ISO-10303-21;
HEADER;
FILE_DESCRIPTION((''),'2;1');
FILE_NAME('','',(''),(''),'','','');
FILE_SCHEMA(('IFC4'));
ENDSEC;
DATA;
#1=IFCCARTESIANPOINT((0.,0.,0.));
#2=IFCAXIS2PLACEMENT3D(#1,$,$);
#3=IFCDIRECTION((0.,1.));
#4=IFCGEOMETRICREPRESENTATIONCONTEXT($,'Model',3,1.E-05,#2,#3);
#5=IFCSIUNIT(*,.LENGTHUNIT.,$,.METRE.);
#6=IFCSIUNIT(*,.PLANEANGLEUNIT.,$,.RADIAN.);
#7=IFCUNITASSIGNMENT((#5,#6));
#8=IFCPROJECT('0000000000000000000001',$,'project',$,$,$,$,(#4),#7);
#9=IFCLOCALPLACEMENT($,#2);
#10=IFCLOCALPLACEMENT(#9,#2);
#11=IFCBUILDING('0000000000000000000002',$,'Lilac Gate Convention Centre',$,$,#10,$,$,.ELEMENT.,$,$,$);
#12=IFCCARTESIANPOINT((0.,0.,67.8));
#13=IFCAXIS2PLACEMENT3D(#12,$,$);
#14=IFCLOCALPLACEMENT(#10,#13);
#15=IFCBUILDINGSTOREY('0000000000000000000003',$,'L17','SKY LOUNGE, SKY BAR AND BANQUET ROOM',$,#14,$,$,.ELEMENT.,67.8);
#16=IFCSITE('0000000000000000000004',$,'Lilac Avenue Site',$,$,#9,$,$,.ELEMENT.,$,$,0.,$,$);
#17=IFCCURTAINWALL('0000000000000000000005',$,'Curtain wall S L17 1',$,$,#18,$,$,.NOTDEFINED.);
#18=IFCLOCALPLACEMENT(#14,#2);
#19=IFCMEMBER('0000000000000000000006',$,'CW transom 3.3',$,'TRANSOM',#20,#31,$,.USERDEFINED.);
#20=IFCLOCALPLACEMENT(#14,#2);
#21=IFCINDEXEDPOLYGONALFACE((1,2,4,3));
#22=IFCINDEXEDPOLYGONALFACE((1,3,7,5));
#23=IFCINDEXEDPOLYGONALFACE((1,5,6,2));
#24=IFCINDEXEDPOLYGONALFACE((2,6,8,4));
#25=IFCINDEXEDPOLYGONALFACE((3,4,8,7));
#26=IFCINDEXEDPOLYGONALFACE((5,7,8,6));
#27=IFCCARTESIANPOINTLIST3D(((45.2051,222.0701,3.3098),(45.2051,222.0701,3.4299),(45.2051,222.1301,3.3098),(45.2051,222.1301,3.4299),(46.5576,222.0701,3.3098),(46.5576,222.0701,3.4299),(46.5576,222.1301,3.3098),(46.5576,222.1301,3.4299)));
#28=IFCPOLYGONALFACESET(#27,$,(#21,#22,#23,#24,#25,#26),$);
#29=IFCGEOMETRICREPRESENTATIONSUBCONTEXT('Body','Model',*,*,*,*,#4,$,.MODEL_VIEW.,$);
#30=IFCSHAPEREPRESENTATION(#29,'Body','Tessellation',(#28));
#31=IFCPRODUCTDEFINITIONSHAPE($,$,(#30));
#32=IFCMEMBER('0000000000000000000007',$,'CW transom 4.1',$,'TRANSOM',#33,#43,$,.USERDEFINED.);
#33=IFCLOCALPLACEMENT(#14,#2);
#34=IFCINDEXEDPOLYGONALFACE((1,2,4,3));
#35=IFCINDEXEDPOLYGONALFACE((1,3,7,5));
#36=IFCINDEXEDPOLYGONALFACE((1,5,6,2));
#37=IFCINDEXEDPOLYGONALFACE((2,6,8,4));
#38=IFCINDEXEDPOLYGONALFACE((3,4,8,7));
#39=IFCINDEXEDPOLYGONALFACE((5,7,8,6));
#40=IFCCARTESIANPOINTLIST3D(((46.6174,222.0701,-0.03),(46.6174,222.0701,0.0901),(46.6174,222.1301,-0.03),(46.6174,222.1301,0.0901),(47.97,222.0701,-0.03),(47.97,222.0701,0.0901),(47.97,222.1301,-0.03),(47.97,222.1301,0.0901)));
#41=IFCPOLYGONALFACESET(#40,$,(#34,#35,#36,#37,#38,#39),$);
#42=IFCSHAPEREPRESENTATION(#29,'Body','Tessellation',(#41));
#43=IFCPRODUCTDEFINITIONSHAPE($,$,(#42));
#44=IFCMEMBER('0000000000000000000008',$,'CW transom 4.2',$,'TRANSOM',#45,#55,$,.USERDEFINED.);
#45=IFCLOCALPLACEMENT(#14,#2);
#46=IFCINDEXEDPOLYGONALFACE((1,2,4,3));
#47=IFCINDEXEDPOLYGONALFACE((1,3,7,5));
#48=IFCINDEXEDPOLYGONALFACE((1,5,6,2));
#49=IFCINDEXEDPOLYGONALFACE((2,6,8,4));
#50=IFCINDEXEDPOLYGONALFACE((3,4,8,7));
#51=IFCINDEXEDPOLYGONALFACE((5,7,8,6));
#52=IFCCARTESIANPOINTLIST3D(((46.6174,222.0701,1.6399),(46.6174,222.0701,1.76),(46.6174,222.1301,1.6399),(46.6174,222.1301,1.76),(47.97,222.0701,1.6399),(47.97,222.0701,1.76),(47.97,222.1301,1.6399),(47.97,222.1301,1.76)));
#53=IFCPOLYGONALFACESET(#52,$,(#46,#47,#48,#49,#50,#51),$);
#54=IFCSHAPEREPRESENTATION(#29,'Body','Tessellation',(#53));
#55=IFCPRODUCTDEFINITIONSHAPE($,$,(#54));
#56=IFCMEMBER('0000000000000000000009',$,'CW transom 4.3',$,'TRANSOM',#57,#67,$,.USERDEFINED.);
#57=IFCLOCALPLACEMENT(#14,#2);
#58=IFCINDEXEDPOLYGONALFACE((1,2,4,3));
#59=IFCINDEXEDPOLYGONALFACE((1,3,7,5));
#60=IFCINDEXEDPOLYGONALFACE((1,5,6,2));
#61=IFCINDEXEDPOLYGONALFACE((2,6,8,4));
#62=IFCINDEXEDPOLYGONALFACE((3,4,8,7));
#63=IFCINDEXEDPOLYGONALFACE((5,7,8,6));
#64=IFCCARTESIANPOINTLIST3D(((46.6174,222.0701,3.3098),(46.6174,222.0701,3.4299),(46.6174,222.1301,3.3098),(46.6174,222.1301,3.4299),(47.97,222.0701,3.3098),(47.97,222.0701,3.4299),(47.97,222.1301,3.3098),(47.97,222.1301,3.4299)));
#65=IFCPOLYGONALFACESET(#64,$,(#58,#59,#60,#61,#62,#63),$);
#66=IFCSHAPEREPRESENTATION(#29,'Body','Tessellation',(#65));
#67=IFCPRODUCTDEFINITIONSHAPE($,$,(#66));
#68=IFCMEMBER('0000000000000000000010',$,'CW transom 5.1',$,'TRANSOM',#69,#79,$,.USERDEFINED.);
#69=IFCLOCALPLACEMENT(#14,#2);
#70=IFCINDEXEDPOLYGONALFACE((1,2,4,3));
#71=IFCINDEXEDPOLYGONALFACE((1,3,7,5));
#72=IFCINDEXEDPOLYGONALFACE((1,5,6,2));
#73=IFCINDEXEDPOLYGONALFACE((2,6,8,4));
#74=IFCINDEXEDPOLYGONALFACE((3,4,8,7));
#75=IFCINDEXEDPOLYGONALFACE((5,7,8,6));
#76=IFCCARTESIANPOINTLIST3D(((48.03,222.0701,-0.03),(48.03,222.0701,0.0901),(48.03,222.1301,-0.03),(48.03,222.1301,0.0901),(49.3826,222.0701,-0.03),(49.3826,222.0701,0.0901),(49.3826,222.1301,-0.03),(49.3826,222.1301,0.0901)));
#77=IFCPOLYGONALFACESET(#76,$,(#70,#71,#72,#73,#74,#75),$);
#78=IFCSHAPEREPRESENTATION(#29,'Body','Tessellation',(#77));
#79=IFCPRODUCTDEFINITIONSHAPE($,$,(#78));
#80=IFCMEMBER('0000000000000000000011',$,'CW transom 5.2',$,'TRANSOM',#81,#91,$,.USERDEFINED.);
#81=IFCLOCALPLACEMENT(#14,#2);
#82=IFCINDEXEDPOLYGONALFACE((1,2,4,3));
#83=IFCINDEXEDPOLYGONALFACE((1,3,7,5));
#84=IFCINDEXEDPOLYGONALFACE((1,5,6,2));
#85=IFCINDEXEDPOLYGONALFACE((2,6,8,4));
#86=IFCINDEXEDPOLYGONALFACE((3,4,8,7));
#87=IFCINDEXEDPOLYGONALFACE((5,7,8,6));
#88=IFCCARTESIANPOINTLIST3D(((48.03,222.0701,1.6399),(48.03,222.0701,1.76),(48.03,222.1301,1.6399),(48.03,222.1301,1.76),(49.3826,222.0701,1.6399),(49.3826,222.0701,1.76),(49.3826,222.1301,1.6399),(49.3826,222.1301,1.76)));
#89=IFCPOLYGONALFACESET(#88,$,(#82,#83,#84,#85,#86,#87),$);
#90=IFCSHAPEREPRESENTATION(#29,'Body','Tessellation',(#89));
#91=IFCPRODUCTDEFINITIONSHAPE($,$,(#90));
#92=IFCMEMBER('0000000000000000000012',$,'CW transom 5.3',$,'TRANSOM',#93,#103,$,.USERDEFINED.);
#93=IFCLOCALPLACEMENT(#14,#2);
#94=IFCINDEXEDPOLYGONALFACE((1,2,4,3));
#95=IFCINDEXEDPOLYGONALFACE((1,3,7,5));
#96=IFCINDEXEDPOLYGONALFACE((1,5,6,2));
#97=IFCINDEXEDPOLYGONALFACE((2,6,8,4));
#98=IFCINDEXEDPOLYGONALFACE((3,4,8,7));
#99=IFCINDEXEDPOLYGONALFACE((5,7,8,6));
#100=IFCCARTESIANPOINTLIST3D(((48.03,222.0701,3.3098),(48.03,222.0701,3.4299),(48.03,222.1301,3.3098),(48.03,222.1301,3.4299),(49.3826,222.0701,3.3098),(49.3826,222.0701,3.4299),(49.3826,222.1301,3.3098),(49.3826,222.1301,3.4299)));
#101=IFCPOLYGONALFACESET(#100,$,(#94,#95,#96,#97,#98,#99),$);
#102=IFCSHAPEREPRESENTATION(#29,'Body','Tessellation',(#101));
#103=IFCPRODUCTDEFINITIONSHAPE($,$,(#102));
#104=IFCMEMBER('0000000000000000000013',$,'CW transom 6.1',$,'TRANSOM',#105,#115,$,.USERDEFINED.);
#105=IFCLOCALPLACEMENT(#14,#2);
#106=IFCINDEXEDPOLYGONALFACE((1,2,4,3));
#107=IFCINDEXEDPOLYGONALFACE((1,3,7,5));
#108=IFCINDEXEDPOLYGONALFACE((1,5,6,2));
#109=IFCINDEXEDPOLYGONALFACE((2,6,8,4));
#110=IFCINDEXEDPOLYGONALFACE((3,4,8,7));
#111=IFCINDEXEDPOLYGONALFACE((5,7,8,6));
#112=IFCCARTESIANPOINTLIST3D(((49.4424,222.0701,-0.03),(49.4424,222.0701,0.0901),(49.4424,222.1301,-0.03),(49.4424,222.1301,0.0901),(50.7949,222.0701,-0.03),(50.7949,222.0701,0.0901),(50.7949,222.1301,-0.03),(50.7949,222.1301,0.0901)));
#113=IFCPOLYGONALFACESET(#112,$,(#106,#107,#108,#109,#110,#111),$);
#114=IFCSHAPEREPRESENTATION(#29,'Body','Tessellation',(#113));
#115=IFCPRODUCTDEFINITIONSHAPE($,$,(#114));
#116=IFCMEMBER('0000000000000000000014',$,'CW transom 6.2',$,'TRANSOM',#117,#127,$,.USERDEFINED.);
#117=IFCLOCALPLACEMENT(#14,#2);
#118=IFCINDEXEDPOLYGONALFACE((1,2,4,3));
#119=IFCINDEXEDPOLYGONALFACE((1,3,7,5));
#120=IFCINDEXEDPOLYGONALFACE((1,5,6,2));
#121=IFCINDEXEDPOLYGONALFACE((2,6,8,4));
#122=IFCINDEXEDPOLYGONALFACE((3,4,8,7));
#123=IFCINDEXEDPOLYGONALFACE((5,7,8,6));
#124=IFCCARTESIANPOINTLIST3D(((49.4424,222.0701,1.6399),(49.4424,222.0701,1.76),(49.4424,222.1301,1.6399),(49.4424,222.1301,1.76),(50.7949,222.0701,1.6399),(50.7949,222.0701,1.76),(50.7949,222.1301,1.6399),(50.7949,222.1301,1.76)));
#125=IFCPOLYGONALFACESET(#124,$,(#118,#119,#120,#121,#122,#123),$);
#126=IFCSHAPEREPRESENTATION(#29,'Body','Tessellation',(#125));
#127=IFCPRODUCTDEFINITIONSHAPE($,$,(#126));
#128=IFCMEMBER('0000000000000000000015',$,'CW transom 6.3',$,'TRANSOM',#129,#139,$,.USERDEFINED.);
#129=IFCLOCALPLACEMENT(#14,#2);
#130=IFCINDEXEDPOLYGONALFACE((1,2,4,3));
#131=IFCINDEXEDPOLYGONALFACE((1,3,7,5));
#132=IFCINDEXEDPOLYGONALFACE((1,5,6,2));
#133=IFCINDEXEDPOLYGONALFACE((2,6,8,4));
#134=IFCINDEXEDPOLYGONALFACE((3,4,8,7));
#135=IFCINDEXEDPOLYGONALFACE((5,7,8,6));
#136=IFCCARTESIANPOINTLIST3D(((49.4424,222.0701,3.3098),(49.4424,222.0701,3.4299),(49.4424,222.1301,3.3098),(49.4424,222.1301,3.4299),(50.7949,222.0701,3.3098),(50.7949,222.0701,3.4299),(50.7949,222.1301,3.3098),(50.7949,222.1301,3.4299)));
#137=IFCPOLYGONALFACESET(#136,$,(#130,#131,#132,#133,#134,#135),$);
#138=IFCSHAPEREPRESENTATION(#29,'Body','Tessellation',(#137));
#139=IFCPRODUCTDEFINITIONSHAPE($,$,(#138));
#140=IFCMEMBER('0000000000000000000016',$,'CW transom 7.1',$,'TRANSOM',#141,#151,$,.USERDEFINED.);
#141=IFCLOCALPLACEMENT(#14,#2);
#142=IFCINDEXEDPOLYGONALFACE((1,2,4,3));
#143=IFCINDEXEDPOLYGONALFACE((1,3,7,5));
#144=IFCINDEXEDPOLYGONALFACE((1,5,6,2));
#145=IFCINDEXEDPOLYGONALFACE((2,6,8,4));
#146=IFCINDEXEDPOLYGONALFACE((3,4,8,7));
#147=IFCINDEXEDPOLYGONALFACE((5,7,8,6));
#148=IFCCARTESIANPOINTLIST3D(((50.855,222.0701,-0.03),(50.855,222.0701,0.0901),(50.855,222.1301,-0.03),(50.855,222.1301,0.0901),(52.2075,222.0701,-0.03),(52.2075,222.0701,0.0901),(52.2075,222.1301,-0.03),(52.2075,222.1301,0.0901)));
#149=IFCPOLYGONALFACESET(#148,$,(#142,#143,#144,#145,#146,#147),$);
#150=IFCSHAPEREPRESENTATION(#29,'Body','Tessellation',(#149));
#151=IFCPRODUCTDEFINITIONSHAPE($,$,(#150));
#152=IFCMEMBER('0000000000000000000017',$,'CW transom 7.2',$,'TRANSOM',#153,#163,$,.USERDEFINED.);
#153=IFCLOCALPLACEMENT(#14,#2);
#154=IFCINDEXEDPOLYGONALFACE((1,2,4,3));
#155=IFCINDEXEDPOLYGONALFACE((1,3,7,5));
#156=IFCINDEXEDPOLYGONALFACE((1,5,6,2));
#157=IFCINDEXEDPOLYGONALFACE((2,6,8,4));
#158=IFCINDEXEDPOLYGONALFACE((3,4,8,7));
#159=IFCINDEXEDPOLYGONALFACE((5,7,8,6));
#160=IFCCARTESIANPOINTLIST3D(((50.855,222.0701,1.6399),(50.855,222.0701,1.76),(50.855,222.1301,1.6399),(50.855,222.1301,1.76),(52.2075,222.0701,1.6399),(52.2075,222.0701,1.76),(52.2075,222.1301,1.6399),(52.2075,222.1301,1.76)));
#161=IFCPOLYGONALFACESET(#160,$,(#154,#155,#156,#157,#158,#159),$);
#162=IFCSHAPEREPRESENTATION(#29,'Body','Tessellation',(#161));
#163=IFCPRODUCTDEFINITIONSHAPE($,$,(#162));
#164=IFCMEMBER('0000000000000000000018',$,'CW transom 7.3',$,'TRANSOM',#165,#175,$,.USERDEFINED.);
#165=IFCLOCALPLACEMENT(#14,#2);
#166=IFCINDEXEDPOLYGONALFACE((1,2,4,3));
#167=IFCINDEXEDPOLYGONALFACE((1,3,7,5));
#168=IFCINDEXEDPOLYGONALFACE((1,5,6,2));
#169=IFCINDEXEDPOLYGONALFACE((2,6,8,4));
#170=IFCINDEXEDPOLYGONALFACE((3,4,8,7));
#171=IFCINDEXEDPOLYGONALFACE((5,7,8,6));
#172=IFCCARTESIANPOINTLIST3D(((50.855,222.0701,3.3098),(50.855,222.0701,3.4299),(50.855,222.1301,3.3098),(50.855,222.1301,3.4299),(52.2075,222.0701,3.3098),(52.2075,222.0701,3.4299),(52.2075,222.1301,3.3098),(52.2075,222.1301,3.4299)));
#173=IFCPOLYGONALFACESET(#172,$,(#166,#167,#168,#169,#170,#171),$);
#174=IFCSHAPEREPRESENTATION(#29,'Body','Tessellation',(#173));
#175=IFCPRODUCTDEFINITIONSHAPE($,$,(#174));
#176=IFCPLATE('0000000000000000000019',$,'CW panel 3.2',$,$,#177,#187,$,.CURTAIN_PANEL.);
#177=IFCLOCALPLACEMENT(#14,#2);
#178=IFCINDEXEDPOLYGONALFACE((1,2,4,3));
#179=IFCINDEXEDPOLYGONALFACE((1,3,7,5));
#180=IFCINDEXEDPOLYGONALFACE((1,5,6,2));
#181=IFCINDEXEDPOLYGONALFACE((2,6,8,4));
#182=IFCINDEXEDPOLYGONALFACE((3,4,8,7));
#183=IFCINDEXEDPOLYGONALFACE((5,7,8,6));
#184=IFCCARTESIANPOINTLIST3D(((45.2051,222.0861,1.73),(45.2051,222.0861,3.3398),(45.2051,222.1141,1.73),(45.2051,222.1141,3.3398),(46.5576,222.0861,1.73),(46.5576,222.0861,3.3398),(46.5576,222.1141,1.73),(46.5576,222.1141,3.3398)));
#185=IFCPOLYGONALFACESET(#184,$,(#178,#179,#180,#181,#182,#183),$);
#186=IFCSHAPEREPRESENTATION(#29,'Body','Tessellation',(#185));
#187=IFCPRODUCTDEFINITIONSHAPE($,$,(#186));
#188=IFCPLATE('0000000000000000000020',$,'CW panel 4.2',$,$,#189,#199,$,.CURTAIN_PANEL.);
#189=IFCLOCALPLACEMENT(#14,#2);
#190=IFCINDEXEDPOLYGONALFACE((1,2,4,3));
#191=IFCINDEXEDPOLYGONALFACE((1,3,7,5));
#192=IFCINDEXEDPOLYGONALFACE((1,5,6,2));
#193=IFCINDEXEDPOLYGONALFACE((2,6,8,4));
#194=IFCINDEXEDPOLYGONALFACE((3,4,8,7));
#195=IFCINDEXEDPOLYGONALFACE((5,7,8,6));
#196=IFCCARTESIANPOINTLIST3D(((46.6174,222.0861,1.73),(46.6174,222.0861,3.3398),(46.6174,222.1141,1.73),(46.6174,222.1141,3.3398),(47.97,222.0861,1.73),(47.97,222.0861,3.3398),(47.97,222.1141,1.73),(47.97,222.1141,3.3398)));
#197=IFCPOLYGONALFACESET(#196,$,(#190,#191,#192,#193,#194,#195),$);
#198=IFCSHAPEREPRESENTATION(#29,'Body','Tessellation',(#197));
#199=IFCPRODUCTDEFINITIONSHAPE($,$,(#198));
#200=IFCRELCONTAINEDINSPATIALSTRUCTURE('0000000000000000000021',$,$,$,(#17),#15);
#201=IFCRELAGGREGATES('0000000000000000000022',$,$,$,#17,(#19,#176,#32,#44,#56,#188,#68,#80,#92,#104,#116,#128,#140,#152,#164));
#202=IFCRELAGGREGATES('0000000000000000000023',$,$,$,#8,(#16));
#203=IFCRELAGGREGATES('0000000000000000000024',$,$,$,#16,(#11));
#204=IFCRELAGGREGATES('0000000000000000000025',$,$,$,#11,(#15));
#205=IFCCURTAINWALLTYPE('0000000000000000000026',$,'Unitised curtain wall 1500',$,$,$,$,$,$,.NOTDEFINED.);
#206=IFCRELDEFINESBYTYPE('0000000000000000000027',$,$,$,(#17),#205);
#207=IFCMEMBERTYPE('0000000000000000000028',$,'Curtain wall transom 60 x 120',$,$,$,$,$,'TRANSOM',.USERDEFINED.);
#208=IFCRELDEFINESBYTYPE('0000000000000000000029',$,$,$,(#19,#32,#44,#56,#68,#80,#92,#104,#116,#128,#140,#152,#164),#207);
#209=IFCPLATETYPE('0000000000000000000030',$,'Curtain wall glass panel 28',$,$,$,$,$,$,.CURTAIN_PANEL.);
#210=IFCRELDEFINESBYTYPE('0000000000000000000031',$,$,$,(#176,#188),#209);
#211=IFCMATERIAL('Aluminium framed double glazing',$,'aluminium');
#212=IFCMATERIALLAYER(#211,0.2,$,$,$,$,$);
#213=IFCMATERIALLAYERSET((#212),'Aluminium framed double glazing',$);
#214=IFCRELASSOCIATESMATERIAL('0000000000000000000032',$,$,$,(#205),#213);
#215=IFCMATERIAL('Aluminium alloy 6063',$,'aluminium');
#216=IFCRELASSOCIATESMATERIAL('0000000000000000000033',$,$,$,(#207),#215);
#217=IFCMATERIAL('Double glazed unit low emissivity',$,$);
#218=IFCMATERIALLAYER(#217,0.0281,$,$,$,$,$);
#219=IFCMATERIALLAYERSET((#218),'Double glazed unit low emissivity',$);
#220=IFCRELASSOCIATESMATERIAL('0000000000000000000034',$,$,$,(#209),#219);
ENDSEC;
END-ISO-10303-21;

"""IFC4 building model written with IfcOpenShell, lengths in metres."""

from ifc_helpers import new_model, si_unit, direction, frame, origin, origin_2d, place, context, subcontext, project, spatial, rectangle, extrude, material, layer, layer_set, material_profile, profile_set, type_object, element, aggregate, save


model = new_model("IFC4")

# Units and contexts
model_context = context("Model", 3, precision=1e-05, world=origin(), true_north=direction((0.0, 1.0)))
body_context = subcontext(model_context, "Body", "Model", "MODEL_VIEW")
ifc_project = project(units=[si_unit("LENGTHUNIT", "METRE"), si_unit("PLANEANGLEUNIT", "RADIAN")], contexts=[model_context])

# Site, building, storey
site_placement = place(None, origin())
site = spatial("IfcSite", under=ifc_project, at=site_placement, Name="Lilac Avenue Site", CompositionType="ELEMENT", RefElevation=0.0)
building_placement = place(site_placement, origin())
building = spatial("IfcBuilding", under=site, at=building_placement, Name="Lilac Gate Convention Centre", CompositionType="ELEMENT")
storey_placement = place(building_placement, frame((0.0, 0.0, 67.8)))
storey = spatial("IfcBuildingStorey", under=building, at=storey_placement, Name="L17", Description="SKY LOUNGE, SKY BAR AND BANQUET ROOM", CompositionType="ELEMENT", Elevation=67.8)

# Curtain wall, members, plates
ifc_material_1 = material(Name="Aluminium framed double glazing", Category="aluminium")
ifc_layer_1 = layer(ifc_material_1, 0.2)
ifc_layer_set_1 = layer_set([ifc_layer_1], Name="Aluminium framed double glazing")
curtain_wall_type = type_object("IfcCurtainWallType", Name="Unitised curtain wall 1500", PredefinedType="NOTDEFINED", material=ifc_layer_set_1)
curtain_wall_placement = place(storey_placement, origin())
curtain_wall = element("IfcCurtainWall", 1, at=curtain_wall_placement, inside=storey, type_object=curtain_wall_type, Name="Curtain wall S L17 1", PredefinedType="NOTDEFINED")
ifc_material_2 = material(Name="Aluminium alloy 6063", Category="aluminium")
ifc_material_profile = material_profile(ifc_material_2, rectangle(XDim=0.0601, YDim=0.1201, at=origin_2d()), Name="Curtain wall transom 60 x 120")
ifc_profile_set = profile_set([ifc_material_profile], Name="Aluminium alloy 6063")
member_type = type_object("IfcMemberType", Name="Curtain wall transom 60 x 120", ElementType="TRANSOM", PredefinedType="USERDEFINED", material=ifc_profile_set)
member_1_placement = place(storey_placement, frame((45.2051, 222.1001, 3.3699), z_axis=(1.0, 0.0, 0.0), x_axis=(0.0, 1.0, 0.0)))
member_1 = element("IfcMember", 2, at=member_1_placement, type_object=member_type, Name="CW transom 3.3", ObjectType="TRANSOM", PredefinedType="USERDEFINED", context=body_context, shape_type="SweptSolid", body=[
    extrude(rectangle(XDim=0.0601, YDim=0.1201, at=origin_2d()), origin(), (0.0, 0.0, 1.0), 1.3525),
])
member_2_placement = place(storey_placement, frame((46.6174, 222.1001, 0.03), z_axis=(1.0, 0.0, 0.0), x_axis=(0.0, 1.0, 0.0)))
member_2 = element("IfcMember", 3, at=member_2_placement, type_object=member_type, Name="CW transom 4.1", ObjectType="TRANSOM", PredefinedType="USERDEFINED", context=body_context, shape_type="SweptSolid", body=[
    extrude(rectangle(XDim=0.0601, YDim=0.1201, at=origin_2d()), origin(), (0.0, 0.0, 1.0), 1.3525),
])
member_3_placement = place(storey_placement, frame((46.6174, 222.1001, 1.7), z_axis=(1.0, 0.0, 0.0), x_axis=(0.0, 1.0, 0.0)))
member_3 = element("IfcMember", 4, at=member_3_placement, type_object=member_type, Name="CW transom 4.2", ObjectType="TRANSOM", PredefinedType="USERDEFINED", context=body_context, shape_type="SweptSolid", body=[
    extrude(rectangle(XDim=0.0601, YDim=0.1201, at=origin_2d()), origin(), (0.0, 0.0, 1.0), 1.3525),
])
member_4_placement = place(storey_placement, frame((46.6174, 222.1001, 3.3699), z_axis=(1.0, 0.0, 0.0), x_axis=(0.0, 1.0, 0.0)))
member_4 = element("IfcMember", 5, at=member_4_placement, type_object=member_type, Name="CW transom 4.3", ObjectType="TRANSOM", PredefinedType="USERDEFINED", context=body_context, shape_type="SweptSolid", body=[
    extrude(rectangle(XDim=0.0601, YDim=0.1201, at=origin_2d()), origin(), (0.0, 0.0, 1.0), 1.3525),
])
member_5_placement = place(storey_placement, frame((48.03, 222.1001, 0.03), z_axis=(1.0, 0.0, 0.0), x_axis=(0.0, 1.0, 0.0)))
member_5 = element("IfcMember", 6, at=member_5_placement, type_object=member_type, Name="CW transom 5.1", ObjectType="TRANSOM", PredefinedType="USERDEFINED", context=body_context, shape_type="SweptSolid", body=[
    extrude(rectangle(XDim=0.0601, YDim=0.1201, at=origin_2d()), origin(), (0.0, 0.0, 1.0), 1.3525),
])
member_6_placement = place(storey_placement, frame((48.03, 222.1001, 1.7), z_axis=(1.0, 0.0, 0.0), x_axis=(0.0, 1.0, 0.0)))
member_6 = element("IfcMember", 7, at=member_6_placement, type_object=member_type, Name="CW transom 5.2", ObjectType="TRANSOM", PredefinedType="USERDEFINED", context=body_context, shape_type="SweptSolid", body=[
    extrude(rectangle(XDim=0.0601, YDim=0.1201, at=origin_2d()), origin(), (0.0, 0.0, 1.0), 1.3525),
])
member_7_placement = place(storey_placement, frame((48.03, 222.1001, 3.3699), z_axis=(1.0, 0.0, 0.0), x_axis=(0.0, 1.0, 0.0)))
member_7 = element("IfcMember", 8, at=member_7_placement, type_object=member_type, Name="CW transom 5.3", ObjectType="TRANSOM", PredefinedType="USERDEFINED", context=body_context, shape_type="SweptSolid", body=[
    extrude(rectangle(XDim=0.0601, YDim=0.1201, at=origin_2d()), origin(), (0.0, 0.0, 1.0), 1.3525),
])
member_8_placement = place(storey_placement, frame((49.4424, 222.1001, 0.03), z_axis=(1.0, 0.0, 0.0), x_axis=(0.0, 1.0, 0.0)))
member_8 = element("IfcMember", 9, at=member_8_placement, type_object=member_type, Name="CW transom 6.1", ObjectType="TRANSOM", PredefinedType="USERDEFINED", context=body_context, shape_type="SweptSolid", body=[
    extrude(rectangle(XDim=0.0601, YDim=0.1201, at=origin_2d()), origin(), (0.0, 0.0, 1.0), 1.3525),
])
member_9_placement = place(storey_placement, frame((49.4424, 222.1001, 1.7), z_axis=(1.0, 0.0, 0.0), x_axis=(0.0, 1.0, 0.0)))
member_9 = element("IfcMember", 10, at=member_9_placement, type_object=member_type, Name="CW transom 6.2", ObjectType="TRANSOM", PredefinedType="USERDEFINED", context=body_context, shape_type="SweptSolid", body=[
    extrude(rectangle(XDim=0.0601, YDim=0.1201, at=origin_2d()), origin(), (0.0, 0.0, 1.0), 1.3525),
])
member_10_placement = place(storey_placement, frame((49.4424, 222.1001, 3.3699), z_axis=(1.0, 0.0, 0.0), x_axis=(0.0, 1.0, 0.0)))
member_10 = element("IfcMember", 11, at=member_10_placement, type_object=member_type, Name="CW transom 6.3", ObjectType="TRANSOM", PredefinedType="USERDEFINED", context=body_context, shape_type="SweptSolid", body=[
    extrude(rectangle(XDim=0.0601, YDim=0.1201, at=origin_2d()), origin(), (0.0, 0.0, 1.0), 1.3525),
])
member_11_placement = place(storey_placement, frame((50.855, 222.1001, 0.03), z_axis=(1.0, 0.0, 0.0), x_axis=(0.0, 1.0, 0.0)))
member_11 = element("IfcMember", 12, at=member_11_placement, type_object=member_type, Name="CW transom 7.1", ObjectType="TRANSOM", PredefinedType="USERDEFINED", context=body_context, shape_type="SweptSolid", body=[
    extrude(rectangle(XDim=0.0601, YDim=0.1201, at=origin_2d()), origin(), (0.0, 0.0, 1.0), 1.3525),
])
member_12_placement = place(storey_placement, frame((50.855, 222.1001, 1.7), z_axis=(1.0, 0.0, 0.0), x_axis=(0.0, 1.0, 0.0)))
member_12 = element("IfcMember", 13, at=member_12_placement, type_object=member_type, Name="CW transom 7.2", ObjectType="TRANSOM", PredefinedType="USERDEFINED", context=body_context, shape_type="SweptSolid", body=[
    extrude(rectangle(XDim=0.0601, YDim=0.1201, at=origin_2d()), origin(), (0.0, 0.0, 1.0), 1.3525),
])
member_13_placement = place(storey_placement, frame((50.855, 222.1001, 3.3699), z_axis=(1.0, 0.0, 0.0), x_axis=(0.0, 1.0, 0.0)))
member_13 = element("IfcMember", 14, at=member_13_placement, type_object=member_type, Name="CW transom 7.3", ObjectType="TRANSOM", PredefinedType="USERDEFINED", context=body_context, shape_type="SweptSolid", body=[
    extrude(rectangle(XDim=0.0601, YDim=0.1201, at=origin_2d()), origin(), (0.0, 0.0, 1.0), 1.3525),
])
ifc_material_3 = material(Name="Double glazed unit low emissivity")
ifc_layer_2 = layer(ifc_material_3, 0.0281)
ifc_layer_set_2 = layer_set([ifc_layer_2], Name="Double glazed unit low emissivity")
plate_type_1 = type_object("IfcPlateType", Name="Curtain wall glass panel 28", PredefinedType="CURTAIN_PANEL", material=ifc_layer_set_2)
plate_1_placement = place(storey_placement, frame((45.8813, 222.1001, 1.73), z_axis=(0.0, 0.0, 1.0), x_axis=(1.0, 0.0, 0.0)))
plate_1 = element("IfcPlate", 15, at=plate_1_placement, type_object=plate_type_1, Name="CW panel 3.2", PredefinedType="CURTAIN_PANEL", context=body_context, shape_type="SweptSolid", body=[
    extrude(rectangle(XDim=1.3525, YDim=0.0281, at=origin_2d()), origin(), (0.0, 0.0, 1.0), 1.6099),
])
plate_2_placement = place(storey_placement, frame((47.2937, 222.1001, 1.73), z_axis=(0.0, 0.0, 1.0), x_axis=(1.0, 0.0, 0.0)))
plate_2 = element("IfcPlate", 16, at=plate_2_placement, type_object=plate_type_1, Name="CW panel 4.2", PredefinedType="CURTAIN_PANEL", context=body_context, shape_type="SweptSolid", body=[
    extrude(rectangle(XDim=1.3525, YDim=0.0281, at=origin_2d()), origin(), (0.0, 0.0, 1.0), 1.6099),
])
aggregate(curtain_wall, [member_1, plate_1, member_2, member_3, member_4, plate_2, member_5, member_6, member_7, member_8, member_9, member_10, member_11, member_12, member_13])

save(model, "model.ifc")
